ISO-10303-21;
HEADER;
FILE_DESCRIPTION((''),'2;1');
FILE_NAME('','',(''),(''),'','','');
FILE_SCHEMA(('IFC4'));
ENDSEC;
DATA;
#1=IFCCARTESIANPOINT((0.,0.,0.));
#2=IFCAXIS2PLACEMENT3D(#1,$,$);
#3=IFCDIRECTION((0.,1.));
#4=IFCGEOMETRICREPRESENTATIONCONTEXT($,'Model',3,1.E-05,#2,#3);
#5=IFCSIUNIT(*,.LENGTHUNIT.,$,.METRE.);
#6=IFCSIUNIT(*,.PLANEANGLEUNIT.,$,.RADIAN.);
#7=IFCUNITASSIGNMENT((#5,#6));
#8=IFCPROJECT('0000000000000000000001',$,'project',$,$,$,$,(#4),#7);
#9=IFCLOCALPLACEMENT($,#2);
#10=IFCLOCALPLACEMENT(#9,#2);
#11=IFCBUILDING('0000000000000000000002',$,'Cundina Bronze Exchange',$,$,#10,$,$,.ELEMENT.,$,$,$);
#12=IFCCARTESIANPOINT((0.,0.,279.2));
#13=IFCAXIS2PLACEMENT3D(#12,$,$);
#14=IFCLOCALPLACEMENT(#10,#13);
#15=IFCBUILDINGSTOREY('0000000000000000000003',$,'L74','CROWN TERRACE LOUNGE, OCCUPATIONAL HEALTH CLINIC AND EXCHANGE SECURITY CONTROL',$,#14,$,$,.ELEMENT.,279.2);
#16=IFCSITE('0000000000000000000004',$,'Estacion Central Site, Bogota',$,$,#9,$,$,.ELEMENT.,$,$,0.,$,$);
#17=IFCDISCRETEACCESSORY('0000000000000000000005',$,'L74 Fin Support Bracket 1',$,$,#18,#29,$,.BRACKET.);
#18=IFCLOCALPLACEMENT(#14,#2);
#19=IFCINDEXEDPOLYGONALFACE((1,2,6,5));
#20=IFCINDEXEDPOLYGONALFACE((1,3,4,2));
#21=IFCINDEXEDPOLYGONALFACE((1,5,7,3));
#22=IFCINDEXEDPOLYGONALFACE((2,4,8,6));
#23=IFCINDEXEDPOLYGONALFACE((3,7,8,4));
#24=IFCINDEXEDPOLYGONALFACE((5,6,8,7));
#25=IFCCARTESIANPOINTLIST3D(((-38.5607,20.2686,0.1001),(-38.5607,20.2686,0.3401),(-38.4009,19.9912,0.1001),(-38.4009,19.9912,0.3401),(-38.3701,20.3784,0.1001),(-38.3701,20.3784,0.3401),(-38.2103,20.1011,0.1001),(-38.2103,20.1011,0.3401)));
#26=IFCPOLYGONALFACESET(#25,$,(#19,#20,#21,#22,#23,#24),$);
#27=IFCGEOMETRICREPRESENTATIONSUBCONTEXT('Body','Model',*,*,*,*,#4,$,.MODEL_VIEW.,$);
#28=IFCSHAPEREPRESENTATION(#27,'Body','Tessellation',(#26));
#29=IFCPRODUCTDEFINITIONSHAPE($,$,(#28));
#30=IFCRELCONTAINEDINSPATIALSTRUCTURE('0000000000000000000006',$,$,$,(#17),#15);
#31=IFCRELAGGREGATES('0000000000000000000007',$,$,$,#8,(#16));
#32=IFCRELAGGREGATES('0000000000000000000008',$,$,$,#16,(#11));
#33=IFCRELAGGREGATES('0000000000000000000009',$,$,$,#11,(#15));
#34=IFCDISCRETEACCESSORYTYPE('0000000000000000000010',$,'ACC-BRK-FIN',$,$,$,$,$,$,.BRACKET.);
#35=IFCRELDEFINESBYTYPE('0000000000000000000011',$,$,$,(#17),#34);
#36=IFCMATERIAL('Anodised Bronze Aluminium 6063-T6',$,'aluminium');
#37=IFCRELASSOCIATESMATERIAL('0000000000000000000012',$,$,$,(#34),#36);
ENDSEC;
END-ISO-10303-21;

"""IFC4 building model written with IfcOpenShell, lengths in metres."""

from ifc_helpers import new_model, si_unit, direction, frame, origin, origin_2d, place, context, subcontext, project, spatial, rectangle, extrude, material, type_object, element, save


model = new_model("IFC4")

# Units and contexts
model_context = context("Model", 3, precision=1e-05, world=origin(), true_north=direction((0.0, 1.0)))
body_context = subcontext(model_context, "Body", "Model", "MODEL_VIEW")
ifc_project = project(units=[si_unit("LENGTHUNIT", "METRE"), si_unit("PLANEANGLEUNIT", "RADIAN")], contexts=[model_context])

# Site, building, storey
site_placement = place(None, origin())
site = spatial("IfcSite", under=ifc_project, at=site_placement, Name="Estacion Central Site, Bogota", CompositionType="ELEMENT", RefElevation=0.0)
building_placement = place(site_placement, origin())
building = spatial("IfcBuilding", under=site, at=building_placement, Name="Cundina Bronze Exchange", CompositionType="ELEMENT")
storey_placement = place(building_placement, frame((0.0, 0.0, 279.2)))
storey = spatial("IfcBuildingStorey", under=building, at=storey_placement, Name="L74", Description="CROWN TERRACE LOUNGE, OCCUPATIONAL HEALTH CLINIC AND EXCHANGE SECURITY CONTROL", CompositionType="ELEMENT", Elevation=279.2)

# Shared definitions
ifc_material_1 = material(Name="Anodised Bronze Aluminium 6063-T6", Category="aluminium")

# Discrete accessory
discrete_accessory_type = type_object("IfcDiscreteAccessoryType", Name="ACC-BRK-FIN", PredefinedType="BRACKET", material=ifc_material_1)
discrete_accessory_placement = place(storey_placement, frame((-38.3855, 20.1848, 0.1001), z_axis=(0.0, 0.0, 1.0), x_axis=(-0.866453, -0.499259, 0.0)))
element("IfcDiscreteAccessory", 1, at=discrete_accessory_placement, inside=storey, type_object=discrete_accessory_type, Name="L74 Fin Support Bracket 1", PredefinedType="BRACKET", context=body_context, shape_type="SweptSolid", body=[
    extrude(rectangle(XDim=0.22, YDim=0.3201, at=origin_2d()), origin(), (0.0, 0.0, 1.0), 0.24),
])

save(model, "model.ifc")
